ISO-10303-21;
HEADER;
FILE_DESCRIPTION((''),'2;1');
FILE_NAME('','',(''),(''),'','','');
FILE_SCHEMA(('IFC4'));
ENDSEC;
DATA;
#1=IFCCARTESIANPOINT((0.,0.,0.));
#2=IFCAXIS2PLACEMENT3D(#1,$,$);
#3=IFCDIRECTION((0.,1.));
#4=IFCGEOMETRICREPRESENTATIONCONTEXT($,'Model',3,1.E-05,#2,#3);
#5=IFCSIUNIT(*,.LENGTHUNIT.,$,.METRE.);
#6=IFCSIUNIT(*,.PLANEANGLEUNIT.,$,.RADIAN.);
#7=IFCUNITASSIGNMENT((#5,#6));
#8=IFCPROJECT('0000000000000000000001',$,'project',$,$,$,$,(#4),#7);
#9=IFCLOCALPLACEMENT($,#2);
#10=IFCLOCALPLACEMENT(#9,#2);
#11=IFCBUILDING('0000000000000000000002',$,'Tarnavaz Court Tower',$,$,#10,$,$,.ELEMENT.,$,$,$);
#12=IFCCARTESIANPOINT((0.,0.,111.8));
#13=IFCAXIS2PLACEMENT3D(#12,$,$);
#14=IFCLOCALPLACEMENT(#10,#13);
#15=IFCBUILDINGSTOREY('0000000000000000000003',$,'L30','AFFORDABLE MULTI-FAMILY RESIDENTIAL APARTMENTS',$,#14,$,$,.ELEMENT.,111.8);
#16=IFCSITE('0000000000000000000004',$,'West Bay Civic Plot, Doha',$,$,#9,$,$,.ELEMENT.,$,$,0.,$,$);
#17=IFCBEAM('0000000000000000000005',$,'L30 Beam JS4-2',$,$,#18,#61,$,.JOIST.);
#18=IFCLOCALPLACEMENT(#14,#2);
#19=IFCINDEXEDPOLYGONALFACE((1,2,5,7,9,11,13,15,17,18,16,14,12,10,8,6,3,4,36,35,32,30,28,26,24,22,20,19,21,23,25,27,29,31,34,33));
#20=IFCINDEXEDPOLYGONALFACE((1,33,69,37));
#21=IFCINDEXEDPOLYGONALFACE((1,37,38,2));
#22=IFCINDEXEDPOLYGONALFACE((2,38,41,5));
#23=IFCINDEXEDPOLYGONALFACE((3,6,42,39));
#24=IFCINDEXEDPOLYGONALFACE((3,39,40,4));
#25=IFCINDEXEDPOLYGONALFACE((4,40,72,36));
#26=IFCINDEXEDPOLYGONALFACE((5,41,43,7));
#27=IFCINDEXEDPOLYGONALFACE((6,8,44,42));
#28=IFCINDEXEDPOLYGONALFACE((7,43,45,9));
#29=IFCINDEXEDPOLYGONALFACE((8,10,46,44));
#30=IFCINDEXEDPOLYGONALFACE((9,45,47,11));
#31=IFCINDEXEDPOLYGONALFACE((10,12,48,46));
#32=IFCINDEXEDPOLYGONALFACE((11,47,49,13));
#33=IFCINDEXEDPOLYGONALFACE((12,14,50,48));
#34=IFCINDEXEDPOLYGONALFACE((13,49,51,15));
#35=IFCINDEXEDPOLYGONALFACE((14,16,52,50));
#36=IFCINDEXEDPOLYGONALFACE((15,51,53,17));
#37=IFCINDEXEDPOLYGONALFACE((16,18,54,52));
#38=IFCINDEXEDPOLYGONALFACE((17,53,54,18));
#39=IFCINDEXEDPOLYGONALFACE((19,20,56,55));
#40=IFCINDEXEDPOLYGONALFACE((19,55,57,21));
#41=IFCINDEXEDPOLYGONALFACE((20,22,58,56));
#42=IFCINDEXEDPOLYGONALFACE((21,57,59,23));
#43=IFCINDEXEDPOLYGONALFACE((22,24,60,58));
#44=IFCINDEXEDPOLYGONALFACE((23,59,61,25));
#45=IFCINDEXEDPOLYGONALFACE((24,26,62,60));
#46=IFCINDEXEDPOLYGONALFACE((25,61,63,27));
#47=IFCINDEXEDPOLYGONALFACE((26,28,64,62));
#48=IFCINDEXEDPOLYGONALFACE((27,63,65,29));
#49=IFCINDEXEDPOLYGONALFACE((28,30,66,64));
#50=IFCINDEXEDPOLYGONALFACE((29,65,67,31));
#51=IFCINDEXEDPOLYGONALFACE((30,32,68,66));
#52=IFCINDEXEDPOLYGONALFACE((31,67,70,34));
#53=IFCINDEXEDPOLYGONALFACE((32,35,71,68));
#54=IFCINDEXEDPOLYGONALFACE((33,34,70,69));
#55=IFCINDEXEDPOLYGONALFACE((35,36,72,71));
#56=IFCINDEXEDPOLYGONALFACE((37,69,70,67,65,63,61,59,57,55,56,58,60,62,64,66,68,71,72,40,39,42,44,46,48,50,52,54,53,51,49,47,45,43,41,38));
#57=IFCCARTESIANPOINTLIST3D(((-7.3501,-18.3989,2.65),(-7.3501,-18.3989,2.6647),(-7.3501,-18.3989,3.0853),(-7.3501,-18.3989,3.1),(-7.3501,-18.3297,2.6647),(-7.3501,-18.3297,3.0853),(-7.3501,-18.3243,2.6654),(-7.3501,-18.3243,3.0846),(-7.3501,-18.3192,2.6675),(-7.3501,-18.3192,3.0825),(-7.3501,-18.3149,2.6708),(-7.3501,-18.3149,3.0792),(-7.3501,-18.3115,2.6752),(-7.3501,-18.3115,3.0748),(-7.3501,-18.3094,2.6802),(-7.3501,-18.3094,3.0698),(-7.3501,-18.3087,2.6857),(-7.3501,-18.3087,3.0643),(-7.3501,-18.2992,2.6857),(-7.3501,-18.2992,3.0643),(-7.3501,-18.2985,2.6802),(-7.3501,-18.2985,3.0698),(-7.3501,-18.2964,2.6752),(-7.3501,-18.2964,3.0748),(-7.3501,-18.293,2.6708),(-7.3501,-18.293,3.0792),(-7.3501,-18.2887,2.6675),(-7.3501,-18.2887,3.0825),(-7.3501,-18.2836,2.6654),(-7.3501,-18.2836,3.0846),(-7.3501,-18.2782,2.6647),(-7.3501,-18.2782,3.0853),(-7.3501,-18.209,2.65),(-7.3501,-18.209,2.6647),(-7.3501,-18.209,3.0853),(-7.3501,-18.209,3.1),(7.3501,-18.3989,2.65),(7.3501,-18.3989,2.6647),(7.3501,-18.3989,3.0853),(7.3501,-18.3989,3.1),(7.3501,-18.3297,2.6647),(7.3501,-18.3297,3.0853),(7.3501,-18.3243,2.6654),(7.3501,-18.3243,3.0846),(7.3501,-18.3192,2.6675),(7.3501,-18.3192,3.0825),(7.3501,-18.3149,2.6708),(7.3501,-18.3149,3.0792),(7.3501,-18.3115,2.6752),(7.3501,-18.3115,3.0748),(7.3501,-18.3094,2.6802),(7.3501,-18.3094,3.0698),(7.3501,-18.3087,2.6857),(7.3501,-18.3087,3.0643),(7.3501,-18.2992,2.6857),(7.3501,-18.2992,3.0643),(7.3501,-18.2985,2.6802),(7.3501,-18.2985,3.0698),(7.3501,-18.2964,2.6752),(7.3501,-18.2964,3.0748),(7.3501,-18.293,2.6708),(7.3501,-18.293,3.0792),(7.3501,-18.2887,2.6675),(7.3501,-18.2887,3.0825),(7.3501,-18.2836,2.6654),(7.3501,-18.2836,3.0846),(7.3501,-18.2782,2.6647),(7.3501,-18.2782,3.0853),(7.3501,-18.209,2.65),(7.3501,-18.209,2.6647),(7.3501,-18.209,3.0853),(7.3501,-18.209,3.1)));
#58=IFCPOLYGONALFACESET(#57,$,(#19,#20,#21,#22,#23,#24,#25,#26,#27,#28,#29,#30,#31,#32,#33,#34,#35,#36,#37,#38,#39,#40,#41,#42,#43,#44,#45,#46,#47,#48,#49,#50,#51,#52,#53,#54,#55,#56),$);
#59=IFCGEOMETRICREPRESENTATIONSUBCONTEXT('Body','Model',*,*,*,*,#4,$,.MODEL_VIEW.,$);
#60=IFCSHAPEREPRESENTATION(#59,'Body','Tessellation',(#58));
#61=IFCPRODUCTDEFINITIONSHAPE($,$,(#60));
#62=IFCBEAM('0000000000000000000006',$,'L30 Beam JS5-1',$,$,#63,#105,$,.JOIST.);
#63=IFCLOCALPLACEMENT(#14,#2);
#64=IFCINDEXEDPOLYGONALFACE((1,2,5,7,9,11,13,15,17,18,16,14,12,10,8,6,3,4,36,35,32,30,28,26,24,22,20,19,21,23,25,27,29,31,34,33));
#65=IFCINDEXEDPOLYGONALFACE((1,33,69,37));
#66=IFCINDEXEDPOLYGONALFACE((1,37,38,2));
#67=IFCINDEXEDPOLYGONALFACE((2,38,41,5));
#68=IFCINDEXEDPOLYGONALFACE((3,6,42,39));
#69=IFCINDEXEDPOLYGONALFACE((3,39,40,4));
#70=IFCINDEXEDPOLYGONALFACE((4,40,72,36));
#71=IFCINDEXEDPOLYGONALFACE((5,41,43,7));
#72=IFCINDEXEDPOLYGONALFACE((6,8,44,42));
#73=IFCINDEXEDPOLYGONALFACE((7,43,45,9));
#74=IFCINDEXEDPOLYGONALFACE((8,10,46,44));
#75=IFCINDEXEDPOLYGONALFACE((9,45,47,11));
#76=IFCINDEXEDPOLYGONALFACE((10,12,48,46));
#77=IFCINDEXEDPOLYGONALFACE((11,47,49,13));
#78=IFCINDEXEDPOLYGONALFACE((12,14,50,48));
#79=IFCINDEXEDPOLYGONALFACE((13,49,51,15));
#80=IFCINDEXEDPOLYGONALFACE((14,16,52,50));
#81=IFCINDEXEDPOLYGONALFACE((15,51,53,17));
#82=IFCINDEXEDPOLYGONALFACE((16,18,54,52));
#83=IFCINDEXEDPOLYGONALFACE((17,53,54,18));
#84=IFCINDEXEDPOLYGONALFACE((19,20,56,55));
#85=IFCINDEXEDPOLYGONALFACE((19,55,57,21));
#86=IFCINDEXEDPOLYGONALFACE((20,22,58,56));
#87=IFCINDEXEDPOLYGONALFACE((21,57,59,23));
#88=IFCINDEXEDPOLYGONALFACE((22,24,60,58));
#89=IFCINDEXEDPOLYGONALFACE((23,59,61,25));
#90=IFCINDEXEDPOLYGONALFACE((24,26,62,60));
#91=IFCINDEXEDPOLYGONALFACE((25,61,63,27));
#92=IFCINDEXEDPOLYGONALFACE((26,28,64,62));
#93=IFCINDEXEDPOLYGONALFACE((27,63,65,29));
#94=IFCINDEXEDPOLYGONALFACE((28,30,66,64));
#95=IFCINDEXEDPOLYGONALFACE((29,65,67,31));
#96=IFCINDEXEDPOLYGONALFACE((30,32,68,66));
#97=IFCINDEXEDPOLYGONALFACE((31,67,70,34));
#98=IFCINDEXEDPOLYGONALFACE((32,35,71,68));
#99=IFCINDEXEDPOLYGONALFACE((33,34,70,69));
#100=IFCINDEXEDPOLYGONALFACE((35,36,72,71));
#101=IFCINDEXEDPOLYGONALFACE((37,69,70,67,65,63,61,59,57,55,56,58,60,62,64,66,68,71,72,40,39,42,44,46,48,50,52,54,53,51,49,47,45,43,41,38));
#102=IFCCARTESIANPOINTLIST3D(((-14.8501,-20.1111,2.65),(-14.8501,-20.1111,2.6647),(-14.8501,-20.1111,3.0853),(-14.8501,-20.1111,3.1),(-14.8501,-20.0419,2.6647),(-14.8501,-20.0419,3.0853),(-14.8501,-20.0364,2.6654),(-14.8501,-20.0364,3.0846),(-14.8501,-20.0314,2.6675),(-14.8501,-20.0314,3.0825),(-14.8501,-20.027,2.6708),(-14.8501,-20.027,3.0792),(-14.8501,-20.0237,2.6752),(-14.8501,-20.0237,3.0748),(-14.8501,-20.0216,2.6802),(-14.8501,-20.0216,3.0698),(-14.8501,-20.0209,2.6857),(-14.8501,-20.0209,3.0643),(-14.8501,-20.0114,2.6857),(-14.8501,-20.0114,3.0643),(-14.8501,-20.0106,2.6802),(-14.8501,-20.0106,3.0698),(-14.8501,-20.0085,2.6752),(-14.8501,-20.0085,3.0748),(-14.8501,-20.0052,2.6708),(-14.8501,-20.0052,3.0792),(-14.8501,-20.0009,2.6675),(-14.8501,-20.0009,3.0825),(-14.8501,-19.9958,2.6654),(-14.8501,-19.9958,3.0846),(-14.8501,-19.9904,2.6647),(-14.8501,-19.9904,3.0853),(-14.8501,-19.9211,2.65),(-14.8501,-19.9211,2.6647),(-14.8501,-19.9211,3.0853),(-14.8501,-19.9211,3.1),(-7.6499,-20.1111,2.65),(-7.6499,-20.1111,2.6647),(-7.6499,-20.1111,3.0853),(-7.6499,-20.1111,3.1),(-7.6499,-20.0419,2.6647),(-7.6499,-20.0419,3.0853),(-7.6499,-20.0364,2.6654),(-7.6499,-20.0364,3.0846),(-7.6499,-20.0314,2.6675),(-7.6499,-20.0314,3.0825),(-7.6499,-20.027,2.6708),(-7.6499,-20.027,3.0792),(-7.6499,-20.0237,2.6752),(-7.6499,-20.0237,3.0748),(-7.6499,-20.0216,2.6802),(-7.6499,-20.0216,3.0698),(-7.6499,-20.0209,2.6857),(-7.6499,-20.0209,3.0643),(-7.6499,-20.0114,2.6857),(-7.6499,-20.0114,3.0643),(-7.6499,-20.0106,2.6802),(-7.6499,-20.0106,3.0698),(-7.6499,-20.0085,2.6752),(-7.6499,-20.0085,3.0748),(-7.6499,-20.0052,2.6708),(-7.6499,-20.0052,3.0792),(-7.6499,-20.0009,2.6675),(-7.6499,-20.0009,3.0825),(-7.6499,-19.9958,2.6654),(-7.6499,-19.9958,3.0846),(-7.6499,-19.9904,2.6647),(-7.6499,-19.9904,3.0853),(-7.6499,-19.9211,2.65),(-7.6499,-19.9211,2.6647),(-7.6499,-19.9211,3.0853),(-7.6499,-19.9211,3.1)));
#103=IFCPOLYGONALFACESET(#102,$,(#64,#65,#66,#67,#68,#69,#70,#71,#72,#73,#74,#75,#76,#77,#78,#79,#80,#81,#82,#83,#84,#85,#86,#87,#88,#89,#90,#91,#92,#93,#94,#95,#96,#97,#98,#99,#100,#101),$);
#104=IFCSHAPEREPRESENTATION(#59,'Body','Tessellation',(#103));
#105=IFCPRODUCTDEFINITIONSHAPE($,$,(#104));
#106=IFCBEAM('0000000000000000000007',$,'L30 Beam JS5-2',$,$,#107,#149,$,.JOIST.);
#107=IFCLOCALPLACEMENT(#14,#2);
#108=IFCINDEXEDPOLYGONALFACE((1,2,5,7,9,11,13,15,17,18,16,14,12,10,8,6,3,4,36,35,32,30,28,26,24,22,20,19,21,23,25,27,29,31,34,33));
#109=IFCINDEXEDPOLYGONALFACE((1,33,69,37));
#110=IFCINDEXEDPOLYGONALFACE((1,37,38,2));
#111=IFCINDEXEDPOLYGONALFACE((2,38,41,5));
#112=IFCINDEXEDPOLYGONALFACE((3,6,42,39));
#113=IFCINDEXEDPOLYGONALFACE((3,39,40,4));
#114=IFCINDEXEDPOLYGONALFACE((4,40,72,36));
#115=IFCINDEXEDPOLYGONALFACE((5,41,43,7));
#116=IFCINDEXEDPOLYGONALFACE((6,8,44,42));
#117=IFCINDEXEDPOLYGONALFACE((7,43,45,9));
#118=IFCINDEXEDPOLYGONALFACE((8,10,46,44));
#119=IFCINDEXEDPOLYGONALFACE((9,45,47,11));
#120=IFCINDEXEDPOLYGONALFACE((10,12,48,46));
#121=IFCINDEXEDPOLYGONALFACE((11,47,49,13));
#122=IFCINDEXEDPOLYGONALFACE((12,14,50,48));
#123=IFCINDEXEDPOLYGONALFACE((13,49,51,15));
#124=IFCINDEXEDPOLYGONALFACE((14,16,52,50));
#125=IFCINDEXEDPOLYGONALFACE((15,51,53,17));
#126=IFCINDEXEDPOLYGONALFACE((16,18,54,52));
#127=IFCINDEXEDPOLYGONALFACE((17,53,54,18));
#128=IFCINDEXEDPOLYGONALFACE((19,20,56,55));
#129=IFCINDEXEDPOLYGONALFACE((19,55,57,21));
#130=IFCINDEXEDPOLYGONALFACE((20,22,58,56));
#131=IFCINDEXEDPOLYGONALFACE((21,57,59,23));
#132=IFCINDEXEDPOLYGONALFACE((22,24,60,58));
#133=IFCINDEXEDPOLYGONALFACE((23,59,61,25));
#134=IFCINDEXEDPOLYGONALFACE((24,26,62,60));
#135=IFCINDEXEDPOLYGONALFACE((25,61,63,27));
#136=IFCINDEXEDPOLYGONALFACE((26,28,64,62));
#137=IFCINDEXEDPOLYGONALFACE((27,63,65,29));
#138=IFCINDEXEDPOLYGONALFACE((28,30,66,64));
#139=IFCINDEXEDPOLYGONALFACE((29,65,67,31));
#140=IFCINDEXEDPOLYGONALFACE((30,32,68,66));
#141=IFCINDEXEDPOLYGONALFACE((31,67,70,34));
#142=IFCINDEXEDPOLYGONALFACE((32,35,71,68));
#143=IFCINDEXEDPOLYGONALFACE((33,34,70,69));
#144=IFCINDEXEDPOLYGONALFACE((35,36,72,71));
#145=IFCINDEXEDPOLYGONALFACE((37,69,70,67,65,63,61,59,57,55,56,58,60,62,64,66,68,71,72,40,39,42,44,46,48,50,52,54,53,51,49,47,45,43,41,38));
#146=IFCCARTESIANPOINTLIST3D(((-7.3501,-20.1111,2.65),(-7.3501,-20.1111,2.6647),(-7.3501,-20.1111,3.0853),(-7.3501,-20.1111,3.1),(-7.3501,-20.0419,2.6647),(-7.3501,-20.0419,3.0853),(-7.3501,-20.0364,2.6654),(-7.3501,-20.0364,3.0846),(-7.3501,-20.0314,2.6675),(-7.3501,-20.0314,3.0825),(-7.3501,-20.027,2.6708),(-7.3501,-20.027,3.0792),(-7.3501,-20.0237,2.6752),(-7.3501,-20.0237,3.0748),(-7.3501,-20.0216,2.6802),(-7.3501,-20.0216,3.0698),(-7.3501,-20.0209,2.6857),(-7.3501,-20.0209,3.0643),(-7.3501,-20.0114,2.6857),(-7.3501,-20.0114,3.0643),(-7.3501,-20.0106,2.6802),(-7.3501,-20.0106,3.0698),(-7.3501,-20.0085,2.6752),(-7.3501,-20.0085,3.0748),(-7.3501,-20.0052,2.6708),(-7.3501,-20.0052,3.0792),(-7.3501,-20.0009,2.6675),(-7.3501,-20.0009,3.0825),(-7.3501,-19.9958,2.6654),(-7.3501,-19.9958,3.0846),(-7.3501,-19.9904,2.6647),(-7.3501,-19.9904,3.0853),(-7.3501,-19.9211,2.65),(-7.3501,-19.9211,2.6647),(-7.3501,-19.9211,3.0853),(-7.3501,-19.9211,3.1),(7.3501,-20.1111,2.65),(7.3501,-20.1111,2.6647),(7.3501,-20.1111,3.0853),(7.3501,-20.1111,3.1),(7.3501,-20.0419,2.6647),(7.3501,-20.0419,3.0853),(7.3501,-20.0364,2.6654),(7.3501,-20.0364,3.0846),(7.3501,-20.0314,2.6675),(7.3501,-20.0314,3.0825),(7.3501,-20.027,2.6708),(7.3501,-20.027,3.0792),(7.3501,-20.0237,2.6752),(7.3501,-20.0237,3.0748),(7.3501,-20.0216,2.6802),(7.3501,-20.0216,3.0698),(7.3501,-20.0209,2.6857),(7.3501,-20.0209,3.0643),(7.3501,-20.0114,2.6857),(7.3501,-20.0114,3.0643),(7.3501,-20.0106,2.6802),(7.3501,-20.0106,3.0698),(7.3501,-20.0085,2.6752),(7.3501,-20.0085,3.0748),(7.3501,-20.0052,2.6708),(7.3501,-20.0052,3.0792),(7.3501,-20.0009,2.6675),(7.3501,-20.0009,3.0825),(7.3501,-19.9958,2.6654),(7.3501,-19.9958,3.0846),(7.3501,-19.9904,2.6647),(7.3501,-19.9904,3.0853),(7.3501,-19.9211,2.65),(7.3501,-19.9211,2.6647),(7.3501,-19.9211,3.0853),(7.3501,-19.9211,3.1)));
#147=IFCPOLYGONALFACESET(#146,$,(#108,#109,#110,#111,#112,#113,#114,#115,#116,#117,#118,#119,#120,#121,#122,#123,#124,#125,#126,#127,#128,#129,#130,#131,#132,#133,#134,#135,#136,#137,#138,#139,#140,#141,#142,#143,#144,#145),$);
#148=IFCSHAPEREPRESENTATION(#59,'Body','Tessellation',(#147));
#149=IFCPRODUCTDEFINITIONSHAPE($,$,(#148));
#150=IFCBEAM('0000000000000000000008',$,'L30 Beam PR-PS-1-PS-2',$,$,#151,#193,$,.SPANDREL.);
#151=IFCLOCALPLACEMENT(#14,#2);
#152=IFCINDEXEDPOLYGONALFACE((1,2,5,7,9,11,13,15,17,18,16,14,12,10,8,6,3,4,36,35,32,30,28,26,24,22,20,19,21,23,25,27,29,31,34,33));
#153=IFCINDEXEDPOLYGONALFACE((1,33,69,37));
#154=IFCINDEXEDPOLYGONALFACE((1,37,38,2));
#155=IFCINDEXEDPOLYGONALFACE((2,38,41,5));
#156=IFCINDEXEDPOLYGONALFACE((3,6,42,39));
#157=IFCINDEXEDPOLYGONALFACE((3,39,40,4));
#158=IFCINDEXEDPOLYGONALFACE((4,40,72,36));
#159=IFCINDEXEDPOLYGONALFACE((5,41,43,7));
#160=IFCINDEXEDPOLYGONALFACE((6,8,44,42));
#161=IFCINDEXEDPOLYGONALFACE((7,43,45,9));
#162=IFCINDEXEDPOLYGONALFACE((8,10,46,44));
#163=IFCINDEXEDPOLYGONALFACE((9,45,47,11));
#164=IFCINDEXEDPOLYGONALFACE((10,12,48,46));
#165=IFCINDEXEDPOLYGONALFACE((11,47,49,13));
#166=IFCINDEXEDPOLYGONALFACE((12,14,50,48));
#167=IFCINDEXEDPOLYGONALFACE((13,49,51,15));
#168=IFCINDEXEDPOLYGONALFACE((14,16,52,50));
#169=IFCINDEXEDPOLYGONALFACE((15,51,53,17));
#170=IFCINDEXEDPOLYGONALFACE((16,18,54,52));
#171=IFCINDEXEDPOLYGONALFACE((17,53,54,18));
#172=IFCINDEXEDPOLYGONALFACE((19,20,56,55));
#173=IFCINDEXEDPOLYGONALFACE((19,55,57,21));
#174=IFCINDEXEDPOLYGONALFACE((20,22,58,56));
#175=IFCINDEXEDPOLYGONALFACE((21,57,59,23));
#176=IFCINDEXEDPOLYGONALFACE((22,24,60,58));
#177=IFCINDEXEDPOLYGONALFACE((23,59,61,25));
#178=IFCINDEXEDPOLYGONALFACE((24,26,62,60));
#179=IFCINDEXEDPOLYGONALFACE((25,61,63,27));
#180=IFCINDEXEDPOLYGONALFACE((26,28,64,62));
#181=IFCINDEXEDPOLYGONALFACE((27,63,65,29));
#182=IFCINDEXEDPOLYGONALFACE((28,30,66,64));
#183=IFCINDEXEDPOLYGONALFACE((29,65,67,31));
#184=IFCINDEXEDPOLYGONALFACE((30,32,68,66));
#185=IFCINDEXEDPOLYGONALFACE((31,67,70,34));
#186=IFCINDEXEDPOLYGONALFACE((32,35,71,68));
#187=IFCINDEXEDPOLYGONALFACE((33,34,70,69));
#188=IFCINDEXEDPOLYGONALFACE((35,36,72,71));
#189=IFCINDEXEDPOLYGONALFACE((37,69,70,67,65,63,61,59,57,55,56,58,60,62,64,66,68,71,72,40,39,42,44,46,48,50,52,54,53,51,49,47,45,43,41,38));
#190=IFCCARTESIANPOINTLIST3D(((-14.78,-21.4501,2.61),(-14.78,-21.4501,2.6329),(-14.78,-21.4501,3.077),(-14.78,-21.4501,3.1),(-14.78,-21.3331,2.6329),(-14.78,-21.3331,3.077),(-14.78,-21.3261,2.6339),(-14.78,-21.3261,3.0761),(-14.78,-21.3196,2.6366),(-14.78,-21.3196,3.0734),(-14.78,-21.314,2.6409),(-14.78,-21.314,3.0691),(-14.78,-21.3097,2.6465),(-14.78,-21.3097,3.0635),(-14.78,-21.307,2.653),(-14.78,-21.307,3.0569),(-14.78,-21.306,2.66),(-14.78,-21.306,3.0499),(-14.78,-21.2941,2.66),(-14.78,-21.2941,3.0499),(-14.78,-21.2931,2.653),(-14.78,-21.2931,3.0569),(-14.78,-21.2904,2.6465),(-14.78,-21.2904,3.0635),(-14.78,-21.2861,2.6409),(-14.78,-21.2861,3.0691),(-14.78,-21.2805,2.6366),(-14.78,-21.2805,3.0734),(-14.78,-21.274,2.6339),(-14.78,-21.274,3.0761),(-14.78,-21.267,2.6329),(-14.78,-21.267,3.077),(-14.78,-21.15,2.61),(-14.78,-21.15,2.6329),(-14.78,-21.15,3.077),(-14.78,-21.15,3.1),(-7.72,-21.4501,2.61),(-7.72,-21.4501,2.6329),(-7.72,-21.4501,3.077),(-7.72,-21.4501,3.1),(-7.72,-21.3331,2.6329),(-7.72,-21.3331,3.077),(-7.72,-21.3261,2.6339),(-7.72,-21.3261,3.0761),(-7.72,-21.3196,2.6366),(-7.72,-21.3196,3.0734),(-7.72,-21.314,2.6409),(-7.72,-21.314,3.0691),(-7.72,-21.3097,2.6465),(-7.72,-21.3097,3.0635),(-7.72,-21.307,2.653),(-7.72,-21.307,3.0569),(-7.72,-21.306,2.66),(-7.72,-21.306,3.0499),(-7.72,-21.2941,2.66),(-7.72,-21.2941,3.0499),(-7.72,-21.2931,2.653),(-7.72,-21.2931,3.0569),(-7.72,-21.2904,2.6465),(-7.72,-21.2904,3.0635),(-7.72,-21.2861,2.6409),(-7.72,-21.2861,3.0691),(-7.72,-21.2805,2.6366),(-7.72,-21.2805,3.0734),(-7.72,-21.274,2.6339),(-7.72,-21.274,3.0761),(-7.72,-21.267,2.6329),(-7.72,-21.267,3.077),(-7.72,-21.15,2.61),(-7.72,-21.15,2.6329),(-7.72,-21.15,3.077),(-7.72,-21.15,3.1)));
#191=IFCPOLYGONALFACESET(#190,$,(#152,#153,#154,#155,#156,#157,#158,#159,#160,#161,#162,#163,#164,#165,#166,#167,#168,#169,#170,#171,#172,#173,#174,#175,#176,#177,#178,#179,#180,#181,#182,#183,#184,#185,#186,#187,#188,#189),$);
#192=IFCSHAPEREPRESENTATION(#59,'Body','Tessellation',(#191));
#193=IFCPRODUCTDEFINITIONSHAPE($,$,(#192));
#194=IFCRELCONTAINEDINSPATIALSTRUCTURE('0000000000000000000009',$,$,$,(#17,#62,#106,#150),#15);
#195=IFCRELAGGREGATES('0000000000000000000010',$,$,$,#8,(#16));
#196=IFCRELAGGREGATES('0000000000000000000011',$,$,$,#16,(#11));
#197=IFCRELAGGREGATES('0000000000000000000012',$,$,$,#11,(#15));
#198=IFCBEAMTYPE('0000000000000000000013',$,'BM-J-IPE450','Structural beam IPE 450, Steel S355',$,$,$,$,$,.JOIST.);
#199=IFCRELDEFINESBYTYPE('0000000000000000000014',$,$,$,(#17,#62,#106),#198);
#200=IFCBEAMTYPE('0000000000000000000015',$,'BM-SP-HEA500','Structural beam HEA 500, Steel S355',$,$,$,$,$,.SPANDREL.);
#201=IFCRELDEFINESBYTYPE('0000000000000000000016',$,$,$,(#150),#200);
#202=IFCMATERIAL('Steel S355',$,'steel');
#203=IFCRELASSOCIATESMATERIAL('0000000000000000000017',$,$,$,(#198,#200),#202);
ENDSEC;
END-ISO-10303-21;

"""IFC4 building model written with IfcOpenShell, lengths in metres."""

from ifc_helpers import new_model, si_unit, direction, frame, origin, origin_2d, place, context, subcontext, project, spatial, i_section, extrude, material, material_profile, profile_set, type_object, element, save


model = new_model("IFC4")

# Units and contexts
model_context = context("Model", 3, precision=1e-05, world=origin(), true_north=direction((0.0, 1.0)))
body_context = subcontext(model_context, "Body", "Model", "MODEL_VIEW")
ifc_project = project(units=[si_unit("LENGTHUNIT", "METRE"), si_unit("PLANEANGLEUNIT", "RADIAN")], contexts=[model_context])

# Site, building, storey
site_placement = place(None, origin())
site = spatial("IfcSite", under=ifc_project, at=site_placement, Name="West Bay Civic Plot, Doha", CompositionType="ELEMENT", RefElevation=0.0)
building_placement = place(site_placement, origin())
building = spatial("IfcBuilding", under=site, at=building_placement, Name="Tarnavaz Court Tower", CompositionType="ELEMENT")
storey_placement = place(building_placement, frame((0.0, 0.0, 111.8)))
storey = spatial("IfcBuildingStorey", under=building, at=storey_placement, Name="L30", Description="AFFORDABLE MULTI-FAMILY RESIDENTIAL APARTMENTS", CompositionType="ELEMENT", Elevation=111.8)

# Beams
ifc_material_1 = material(Name="Steel S355", Category="steel")
ifc_material_profile_1 = material_profile(ifc_material_1, i_section(OverallWidth=0.1899, OverallDepth=0.45, WebThickness=0.0095, FlangeThickness=0.0146, FilletRadius=0.021, at=origin_2d()), Name="IPE 450")
ifc_profile_set_1 = profile_set([ifc_material_profile_1], Name="Steel S355")
beam_type_1 = type_object("IfcBeamType", Name="BM-J-IPE450", Description="Structural beam IPE 450, Steel S355", PredefinedType="JOIST", material=ifc_profile_set_1)
beam_1_placement = place(storey_placement, frame((-7.3501, -18.304, 2.875), z_axis=(1.0, 0.0, 0.0), x_axis=(0.0, 1.0, 0.0)))
element("IfcBeam", 1, at=beam_1_placement, inside=storey, type_object=beam_type_1, Name="L30 Beam JS4-2", PredefinedType="JOIST", context=body_context, shape_type="SweptSolid", body=[
    extrude(i_section(OverallWidth=0.1899, OverallDepth=0.45, WebThickness=0.0095, FlangeThickness=0.0146, FilletRadius=0.021, at=origin_2d()), origin(), (0.0, 0.0, 1.0), 14.7002),
])
beam_2_placement = place(storey_placement, frame((-14.8501, -20.0161, 2.875), z_axis=(1.0, 0.0, 0.0), x_axis=(0.0, 1.0, 0.0)))
element("IfcBeam", 2, at=beam_2_placement, inside=storey, type_object=beam_type_1, Name="L30 Beam JS5-1", PredefinedType="JOIST", context=body_context, shape_type="SweptSolid", body=[
    extrude(i_section(OverallWidth=0.1899, OverallDepth=0.45, WebThickness=0.0095, FlangeThickness=0.0146, FilletRadius=0.021, at=origin_2d()), origin(), (0.0, 0.0, 1.0), 7.2002),
])
beam_3_placement = place(storey_placement, frame((-7.3501, -20.0161, 2.875), z_axis=(1.0, 0.0, 0.0), x_axis=(0.0, 1.0, 0.0)))
element("IfcBeam", 3, at=beam_3_placement, inside=storey, type_object=beam_type_1, Name="L30 Beam JS5-2", PredefinedType="JOIST", context=body_context, shape_type="SweptSolid", body=[
    extrude(i_section(OverallWidth=0.1899, OverallDepth=0.45, WebThickness=0.0095, FlangeThickness=0.0146, FilletRadius=0.021, at=origin_2d()), origin(), (0.0, 0.0, 1.0), 14.7002),
])
ifc_material_profile_2 = material_profile(ifc_material_1, i_section(OverallWidth=0.3, OverallDepth=0.49, WebThickness=0.012, FlangeThickness=0.0229, FilletRadius=0.0271, at=origin_2d()), Name="HEA 500")
ifc_profile_set_2 = profile_set([ifc_material_profile_2], Name="Steel S355")
beam_type_2 = type_object("IfcBeamType", Name="BM-SP-HEA500", Description="Structural beam HEA 500, Steel S355", PredefinedType="SPANDREL", material=ifc_profile_set_2)
beam_4_placement = place(storey_placement, frame((-14.78, -21.3, 2.855), z_axis=(1.0, 0.0, 0.0), x_axis=(0.0, 1.0, 0.0)))
element("IfcBeam", 4, at=beam_4_placement, inside=storey, type_object=beam_type_2, Name="L30 Beam PR-PS-1-PS-2", PredefinedType="SPANDREL", context=body_context, shape_type="SweptSolid", body=[
    extrude(i_section(OverallWidth=0.3, OverallDepth=0.49, WebThickness=0.012, FlangeThickness=0.0229, FilletRadius=0.0271, at=origin_2d()), origin(), (0.0, 0.0, 1.0), 7.0601),
])

save(model, "model.ifc")
